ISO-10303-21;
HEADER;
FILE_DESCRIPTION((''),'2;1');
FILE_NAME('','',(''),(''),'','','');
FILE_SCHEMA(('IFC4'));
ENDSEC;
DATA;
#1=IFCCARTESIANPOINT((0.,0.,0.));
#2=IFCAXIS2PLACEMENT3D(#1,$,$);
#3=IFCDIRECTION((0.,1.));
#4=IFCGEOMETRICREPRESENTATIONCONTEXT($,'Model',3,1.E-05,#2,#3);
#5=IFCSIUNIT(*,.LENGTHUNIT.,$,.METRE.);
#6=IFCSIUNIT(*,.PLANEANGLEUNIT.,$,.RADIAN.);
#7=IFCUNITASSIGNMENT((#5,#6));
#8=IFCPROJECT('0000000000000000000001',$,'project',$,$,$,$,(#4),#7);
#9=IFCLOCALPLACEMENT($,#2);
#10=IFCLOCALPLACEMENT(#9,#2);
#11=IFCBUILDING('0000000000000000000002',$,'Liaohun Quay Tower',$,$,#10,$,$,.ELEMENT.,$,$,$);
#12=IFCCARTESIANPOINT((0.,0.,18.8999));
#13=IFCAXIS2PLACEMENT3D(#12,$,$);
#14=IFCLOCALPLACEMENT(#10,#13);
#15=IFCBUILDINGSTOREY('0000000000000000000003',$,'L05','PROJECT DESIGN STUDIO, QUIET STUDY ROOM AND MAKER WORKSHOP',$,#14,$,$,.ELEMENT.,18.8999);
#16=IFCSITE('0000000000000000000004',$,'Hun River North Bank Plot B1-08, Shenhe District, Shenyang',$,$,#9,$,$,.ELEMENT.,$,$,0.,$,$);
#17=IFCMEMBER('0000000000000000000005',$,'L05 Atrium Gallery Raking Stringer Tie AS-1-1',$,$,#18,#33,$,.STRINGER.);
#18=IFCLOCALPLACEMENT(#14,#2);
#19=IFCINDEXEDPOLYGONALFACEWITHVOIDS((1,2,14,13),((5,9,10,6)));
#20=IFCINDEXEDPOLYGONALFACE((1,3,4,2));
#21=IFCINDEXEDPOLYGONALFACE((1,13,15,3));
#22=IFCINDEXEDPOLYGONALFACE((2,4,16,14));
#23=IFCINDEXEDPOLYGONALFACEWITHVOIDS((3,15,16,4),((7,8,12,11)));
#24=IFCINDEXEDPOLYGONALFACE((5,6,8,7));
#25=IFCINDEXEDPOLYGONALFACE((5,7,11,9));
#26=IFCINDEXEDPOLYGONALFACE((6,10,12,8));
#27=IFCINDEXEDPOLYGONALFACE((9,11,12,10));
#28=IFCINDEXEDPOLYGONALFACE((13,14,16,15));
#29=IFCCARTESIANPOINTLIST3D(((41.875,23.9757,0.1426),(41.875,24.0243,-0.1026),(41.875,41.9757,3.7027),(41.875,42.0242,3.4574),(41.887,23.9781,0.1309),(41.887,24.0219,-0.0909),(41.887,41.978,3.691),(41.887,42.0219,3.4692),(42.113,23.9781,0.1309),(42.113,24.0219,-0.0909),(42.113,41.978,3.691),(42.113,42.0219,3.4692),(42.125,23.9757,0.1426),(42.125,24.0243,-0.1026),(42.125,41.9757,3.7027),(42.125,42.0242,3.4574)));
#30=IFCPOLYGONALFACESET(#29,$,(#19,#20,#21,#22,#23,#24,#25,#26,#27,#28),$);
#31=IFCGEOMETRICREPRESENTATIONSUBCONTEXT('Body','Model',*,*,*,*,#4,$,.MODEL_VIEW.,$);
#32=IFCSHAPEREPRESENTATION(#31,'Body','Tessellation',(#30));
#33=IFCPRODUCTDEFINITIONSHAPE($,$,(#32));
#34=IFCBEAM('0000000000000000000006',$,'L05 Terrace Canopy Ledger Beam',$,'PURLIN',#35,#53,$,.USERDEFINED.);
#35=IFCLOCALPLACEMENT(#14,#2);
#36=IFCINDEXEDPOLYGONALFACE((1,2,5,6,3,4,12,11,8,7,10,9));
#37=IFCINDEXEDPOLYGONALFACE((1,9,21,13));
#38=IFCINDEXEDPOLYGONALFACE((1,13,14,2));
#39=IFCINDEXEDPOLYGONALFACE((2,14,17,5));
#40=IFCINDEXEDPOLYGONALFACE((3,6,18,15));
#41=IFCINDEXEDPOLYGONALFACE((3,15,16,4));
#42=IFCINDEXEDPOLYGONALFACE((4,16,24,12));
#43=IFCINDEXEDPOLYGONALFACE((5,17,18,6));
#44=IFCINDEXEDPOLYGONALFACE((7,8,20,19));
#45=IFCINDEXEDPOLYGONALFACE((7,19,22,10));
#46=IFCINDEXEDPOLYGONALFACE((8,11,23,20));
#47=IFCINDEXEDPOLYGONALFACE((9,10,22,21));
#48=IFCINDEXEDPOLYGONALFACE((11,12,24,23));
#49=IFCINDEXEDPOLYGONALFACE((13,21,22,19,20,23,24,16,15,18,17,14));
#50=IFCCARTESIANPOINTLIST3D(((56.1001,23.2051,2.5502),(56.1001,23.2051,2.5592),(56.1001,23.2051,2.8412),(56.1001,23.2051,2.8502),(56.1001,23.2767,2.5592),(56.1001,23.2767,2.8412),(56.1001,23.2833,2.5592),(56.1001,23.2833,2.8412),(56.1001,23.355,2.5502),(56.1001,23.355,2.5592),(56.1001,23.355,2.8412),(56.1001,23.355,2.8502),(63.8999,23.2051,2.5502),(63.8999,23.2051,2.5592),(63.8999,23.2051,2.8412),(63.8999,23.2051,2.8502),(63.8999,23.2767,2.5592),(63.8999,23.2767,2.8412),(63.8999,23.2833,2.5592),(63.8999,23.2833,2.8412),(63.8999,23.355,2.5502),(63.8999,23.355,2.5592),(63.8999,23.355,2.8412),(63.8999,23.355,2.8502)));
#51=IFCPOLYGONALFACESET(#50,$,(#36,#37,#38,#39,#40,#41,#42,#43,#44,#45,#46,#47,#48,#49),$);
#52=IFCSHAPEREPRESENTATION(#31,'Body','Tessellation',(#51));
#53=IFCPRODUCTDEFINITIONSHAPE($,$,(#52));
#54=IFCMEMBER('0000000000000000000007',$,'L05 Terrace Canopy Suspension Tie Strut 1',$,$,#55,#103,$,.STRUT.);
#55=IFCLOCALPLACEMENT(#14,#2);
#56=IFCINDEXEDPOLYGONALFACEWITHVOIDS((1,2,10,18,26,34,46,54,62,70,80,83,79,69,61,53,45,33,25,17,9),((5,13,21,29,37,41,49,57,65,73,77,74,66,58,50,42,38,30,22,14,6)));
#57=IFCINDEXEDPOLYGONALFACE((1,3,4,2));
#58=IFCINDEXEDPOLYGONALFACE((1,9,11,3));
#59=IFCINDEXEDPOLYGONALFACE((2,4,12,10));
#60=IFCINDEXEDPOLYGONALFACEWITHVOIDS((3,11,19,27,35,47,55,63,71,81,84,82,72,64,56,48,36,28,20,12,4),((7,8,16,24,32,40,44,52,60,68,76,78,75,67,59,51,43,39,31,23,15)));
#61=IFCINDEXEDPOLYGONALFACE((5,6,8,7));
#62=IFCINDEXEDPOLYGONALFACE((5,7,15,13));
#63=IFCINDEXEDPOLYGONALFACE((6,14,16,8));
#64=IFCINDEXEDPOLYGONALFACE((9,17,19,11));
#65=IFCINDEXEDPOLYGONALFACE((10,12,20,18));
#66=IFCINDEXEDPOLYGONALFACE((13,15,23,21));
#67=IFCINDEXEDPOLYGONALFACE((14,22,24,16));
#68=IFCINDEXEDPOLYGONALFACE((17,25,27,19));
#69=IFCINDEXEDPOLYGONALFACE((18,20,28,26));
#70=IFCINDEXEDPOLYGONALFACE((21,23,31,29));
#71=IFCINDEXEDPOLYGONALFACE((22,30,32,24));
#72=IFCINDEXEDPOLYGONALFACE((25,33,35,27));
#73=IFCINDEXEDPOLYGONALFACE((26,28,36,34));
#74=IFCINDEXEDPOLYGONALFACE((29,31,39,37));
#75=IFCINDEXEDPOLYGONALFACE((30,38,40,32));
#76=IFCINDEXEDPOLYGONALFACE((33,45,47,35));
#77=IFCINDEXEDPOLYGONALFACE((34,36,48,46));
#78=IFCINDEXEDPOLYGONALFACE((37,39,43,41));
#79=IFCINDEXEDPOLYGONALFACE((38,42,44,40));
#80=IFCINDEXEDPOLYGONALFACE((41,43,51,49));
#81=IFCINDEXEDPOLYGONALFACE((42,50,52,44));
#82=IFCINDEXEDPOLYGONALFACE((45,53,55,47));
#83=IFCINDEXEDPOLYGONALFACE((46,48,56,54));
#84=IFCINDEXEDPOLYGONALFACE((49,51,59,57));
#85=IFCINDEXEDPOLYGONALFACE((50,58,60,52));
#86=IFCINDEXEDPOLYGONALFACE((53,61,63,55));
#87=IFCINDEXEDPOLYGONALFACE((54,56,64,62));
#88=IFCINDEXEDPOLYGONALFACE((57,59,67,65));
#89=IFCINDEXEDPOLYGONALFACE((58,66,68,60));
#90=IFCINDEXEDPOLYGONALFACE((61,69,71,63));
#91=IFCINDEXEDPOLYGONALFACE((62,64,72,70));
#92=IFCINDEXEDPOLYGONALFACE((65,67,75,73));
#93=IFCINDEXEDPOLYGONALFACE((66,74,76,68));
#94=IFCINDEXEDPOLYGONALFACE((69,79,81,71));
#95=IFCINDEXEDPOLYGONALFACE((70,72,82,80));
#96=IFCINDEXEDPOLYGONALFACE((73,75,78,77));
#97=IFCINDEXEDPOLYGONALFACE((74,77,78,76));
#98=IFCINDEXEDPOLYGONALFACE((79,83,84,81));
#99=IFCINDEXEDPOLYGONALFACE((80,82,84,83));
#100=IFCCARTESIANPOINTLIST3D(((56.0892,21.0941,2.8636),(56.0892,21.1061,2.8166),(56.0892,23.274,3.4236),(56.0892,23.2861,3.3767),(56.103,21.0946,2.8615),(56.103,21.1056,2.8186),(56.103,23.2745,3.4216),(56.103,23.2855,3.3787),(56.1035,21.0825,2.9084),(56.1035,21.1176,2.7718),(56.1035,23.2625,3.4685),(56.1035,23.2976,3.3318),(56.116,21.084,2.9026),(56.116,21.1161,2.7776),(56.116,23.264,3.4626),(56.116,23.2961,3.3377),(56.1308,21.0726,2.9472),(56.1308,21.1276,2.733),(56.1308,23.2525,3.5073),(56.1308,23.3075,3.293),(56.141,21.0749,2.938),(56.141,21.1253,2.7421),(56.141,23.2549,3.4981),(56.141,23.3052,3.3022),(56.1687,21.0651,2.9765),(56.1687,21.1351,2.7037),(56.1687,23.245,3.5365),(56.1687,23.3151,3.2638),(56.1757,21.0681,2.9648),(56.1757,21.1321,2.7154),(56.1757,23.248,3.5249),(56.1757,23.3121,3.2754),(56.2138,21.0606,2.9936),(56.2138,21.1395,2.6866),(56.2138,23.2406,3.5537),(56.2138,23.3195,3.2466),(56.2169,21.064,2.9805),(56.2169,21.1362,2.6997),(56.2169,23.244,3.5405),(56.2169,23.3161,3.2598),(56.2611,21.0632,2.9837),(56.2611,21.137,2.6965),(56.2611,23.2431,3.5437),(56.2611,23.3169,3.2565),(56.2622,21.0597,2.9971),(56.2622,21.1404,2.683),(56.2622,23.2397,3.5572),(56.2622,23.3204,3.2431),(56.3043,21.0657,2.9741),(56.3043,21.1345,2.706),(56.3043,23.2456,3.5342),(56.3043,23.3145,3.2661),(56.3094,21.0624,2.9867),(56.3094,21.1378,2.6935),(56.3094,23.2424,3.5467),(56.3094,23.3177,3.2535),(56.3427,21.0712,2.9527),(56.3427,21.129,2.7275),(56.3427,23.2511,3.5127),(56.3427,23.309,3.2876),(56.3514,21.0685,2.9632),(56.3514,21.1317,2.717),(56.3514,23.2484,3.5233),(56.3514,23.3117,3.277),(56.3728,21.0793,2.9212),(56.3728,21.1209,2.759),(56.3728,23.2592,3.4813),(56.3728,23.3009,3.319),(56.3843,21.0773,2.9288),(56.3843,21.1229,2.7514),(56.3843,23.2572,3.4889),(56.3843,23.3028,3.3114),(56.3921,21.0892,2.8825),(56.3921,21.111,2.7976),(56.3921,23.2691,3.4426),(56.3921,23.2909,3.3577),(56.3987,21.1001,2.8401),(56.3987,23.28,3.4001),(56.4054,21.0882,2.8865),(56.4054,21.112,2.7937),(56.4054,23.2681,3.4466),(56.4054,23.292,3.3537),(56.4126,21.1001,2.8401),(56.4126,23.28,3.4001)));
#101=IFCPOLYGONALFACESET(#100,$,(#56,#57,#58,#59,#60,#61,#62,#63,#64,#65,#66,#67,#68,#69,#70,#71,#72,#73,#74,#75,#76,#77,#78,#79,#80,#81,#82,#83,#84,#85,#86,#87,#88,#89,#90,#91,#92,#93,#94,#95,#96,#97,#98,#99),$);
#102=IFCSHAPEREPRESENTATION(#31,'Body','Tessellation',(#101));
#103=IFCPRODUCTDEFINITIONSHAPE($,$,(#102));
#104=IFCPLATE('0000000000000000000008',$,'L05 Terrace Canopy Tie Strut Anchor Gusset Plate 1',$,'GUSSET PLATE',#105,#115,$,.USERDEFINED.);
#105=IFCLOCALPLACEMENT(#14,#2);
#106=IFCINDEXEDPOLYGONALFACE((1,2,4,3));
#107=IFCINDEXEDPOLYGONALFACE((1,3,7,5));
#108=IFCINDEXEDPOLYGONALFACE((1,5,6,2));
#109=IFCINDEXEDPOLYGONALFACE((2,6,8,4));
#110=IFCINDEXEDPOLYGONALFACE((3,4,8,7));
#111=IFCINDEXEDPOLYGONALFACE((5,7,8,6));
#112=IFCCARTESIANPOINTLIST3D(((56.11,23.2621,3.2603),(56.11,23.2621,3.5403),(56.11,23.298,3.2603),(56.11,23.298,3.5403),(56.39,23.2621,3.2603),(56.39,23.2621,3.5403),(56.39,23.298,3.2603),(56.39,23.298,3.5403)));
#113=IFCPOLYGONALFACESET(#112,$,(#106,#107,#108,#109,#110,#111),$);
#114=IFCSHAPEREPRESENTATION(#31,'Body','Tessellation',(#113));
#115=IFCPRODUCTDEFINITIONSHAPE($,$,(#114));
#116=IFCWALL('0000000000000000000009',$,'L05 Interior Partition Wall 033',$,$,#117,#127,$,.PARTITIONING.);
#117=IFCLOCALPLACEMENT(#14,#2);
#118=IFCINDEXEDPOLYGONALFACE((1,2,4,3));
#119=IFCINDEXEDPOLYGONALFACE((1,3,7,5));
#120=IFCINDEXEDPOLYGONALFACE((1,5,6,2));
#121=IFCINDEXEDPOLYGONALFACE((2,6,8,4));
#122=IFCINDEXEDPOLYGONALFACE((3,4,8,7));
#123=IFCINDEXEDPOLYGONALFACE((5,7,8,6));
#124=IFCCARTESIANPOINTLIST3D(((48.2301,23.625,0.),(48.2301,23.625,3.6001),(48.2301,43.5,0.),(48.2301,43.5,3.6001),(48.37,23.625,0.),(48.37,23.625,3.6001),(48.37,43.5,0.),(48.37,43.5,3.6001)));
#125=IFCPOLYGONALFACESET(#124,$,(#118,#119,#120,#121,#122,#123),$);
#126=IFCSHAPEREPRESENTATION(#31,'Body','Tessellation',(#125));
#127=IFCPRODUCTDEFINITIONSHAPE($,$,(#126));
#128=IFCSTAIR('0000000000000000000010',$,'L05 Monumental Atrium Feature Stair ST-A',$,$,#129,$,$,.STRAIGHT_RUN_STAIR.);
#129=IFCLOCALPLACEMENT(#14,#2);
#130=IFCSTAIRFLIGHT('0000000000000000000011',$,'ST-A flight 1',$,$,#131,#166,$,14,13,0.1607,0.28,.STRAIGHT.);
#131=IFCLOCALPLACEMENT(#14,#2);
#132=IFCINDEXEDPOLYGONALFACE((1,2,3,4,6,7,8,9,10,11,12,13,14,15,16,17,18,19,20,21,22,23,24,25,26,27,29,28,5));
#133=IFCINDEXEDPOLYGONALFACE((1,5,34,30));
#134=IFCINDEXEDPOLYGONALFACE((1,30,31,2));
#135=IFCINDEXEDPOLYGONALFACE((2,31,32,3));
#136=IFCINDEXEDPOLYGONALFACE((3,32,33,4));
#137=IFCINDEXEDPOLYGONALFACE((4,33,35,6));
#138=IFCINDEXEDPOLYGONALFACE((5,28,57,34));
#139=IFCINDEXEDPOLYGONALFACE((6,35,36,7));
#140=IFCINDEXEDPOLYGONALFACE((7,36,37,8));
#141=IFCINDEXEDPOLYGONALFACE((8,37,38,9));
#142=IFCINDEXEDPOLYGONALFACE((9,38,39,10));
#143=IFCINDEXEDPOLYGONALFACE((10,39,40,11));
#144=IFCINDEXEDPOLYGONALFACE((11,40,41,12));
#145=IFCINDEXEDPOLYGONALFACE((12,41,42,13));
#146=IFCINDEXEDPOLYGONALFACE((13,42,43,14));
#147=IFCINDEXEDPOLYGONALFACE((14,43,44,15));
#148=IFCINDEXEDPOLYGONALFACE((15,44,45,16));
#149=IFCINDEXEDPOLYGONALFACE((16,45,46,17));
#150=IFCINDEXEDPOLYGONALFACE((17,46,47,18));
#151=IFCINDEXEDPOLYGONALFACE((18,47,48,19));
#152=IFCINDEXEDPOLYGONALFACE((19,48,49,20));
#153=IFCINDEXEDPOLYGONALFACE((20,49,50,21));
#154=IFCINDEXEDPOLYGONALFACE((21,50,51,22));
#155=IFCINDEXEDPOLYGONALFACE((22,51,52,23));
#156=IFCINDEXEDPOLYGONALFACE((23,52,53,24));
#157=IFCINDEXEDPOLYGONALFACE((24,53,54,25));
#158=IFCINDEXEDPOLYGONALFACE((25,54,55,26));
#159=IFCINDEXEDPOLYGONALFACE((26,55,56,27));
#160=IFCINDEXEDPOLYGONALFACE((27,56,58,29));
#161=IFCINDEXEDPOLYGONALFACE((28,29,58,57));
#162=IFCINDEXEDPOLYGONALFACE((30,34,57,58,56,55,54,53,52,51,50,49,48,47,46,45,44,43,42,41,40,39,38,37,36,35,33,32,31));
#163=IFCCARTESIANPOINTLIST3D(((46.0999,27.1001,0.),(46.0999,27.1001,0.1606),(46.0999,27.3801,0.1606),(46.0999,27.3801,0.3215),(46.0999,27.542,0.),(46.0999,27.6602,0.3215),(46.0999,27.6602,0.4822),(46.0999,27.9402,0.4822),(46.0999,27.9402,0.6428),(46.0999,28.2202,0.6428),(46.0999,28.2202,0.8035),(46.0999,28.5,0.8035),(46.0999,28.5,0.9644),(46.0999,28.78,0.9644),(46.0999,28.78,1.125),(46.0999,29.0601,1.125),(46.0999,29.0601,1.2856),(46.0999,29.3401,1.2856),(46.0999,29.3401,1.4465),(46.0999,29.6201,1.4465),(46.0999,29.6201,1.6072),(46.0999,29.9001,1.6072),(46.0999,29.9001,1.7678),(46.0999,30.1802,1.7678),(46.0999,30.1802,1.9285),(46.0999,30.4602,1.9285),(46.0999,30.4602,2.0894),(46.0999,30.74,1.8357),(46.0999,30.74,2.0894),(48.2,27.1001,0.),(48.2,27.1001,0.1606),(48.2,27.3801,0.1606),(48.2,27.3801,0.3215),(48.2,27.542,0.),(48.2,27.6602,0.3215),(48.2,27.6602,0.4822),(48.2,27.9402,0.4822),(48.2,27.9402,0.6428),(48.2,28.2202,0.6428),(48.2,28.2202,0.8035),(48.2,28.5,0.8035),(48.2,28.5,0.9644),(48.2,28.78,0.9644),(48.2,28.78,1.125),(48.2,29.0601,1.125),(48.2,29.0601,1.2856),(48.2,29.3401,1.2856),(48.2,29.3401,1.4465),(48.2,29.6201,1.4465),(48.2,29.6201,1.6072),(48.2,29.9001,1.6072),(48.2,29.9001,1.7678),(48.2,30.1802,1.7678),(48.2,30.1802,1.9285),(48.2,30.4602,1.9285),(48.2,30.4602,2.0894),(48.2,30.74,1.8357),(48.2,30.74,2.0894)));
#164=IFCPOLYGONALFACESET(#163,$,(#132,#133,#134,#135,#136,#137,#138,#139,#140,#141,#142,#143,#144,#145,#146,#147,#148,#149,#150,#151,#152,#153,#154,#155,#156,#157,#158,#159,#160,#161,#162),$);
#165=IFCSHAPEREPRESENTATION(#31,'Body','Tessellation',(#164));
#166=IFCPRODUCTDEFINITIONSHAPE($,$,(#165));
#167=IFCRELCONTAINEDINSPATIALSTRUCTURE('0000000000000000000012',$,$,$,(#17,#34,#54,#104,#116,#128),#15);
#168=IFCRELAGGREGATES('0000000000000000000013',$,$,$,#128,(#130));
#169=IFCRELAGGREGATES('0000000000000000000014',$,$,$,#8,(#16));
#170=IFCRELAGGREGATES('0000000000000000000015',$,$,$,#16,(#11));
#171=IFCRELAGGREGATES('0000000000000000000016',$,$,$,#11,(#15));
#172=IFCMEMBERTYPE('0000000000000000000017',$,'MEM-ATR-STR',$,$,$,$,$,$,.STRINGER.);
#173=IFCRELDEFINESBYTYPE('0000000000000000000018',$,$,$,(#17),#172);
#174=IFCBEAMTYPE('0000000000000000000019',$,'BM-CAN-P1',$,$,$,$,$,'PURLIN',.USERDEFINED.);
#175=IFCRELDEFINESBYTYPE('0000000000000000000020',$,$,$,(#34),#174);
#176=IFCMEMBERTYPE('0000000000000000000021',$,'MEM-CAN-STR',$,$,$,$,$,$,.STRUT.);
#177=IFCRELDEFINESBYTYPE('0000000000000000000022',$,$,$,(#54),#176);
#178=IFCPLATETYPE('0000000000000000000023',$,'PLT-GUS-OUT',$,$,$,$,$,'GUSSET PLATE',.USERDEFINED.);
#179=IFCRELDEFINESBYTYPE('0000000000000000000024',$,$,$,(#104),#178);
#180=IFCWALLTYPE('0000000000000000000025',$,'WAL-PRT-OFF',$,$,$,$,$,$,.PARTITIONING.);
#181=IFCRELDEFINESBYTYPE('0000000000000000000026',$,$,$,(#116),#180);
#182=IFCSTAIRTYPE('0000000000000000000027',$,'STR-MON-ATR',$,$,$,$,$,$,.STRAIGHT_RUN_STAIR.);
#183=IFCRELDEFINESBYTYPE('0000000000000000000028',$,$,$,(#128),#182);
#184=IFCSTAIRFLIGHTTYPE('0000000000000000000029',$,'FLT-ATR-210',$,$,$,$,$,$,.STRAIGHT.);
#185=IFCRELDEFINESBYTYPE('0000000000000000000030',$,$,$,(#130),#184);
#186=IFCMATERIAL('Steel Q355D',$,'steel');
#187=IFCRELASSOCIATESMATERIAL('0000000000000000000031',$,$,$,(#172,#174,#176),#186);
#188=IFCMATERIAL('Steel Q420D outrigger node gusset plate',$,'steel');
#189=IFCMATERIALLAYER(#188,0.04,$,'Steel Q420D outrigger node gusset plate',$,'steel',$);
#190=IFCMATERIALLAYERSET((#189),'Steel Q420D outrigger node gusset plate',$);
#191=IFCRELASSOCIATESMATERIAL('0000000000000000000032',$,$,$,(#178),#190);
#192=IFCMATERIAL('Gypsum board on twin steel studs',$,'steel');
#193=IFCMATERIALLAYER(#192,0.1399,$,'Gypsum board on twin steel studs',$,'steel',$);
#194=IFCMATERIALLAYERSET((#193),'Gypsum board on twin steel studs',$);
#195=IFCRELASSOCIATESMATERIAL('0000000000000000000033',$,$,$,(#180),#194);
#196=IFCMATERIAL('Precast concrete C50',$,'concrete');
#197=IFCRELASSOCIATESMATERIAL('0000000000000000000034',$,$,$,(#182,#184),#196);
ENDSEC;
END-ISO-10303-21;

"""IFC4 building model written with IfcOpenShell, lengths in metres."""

from ifc_helpers import new_model, si_unit, direction, frame, frame_2d, origin, origin_2d, place, context, subcontext, project, spatial, polyline, rectangle, hollow_rectangle, hollow_circle, i_section, outline, extrude, source, transform, mapped, material, layer, layer_set, material_profile, profile_set, type_object, element, aggregate, save


model = new_model("IFC4")

# Units and contexts
model_context = context("Model", 3, precision=1e-05, world=origin(), true_north=direction((0.0, 1.0)))
body_context = subcontext(model_context, "Body", "Model", "MODEL_VIEW")
ifc_project = project(units=[si_unit("LENGTHUNIT", "METRE"), si_unit("PLANEANGLEUNIT", "RADIAN")], contexts=[model_context])

# Site, building, storey
site_placement = place(None, origin())
site = spatial("IfcSite", under=ifc_project, at=site_placement, Name="Hun River North Bank Plot B1-08, Shenhe District, Shenyang", CompositionType="ELEMENT", RefElevation=0.0)
building_placement = place(site_placement, origin())
building = spatial("IfcBuilding", under=site, at=building_placement, Name="Liaohun Quay Tower", CompositionType="ELEMENT")
storey_placement = place(building_placement, frame((0.0, 0.0, 18.8999)))
storey = spatial("IfcBuildingStorey", under=building, at=storey_placement, Name="L05", Description="PROJECT DESIGN STUDIO, QUIET STUDY ROOM AND MAKER WORKSHOP", CompositionType="ELEMENT", Elevation=18.8999)

# Shared definitions
ifc_material_1 = material(Name="Steel Q355D", Category="steel")

# Member
ifc_material_profile_1 = material_profile(ifc_material_1, hollow_rectangle(XDim=0.25, YDim=0.25, WallThickness=0.012, at=origin_2d()), Name="SHS250x250x12")
ifc_profile_set_1 = profile_set([ifc_material_profile_1], Name="Steel Q355D")
member_type_1 = type_object("IfcMemberType", Name="MEM-ATR-STR", PredefinedType="STRINGER", material=ifc_profile_set_1)
shared_shape_1 = source(origin(), body_context, "Body", "SweptSolid", [
    extrude(hollow_rectangle(XDim=0.25, YDim=0.25, WallThickness=0.012, at=origin_2d()), origin(), (0.0, 0.0, 1.0), 18.3486),
])
member_1_placement = place(storey_placement, frame((42.0, 24.0, 0.02), z_axis=(0.0, 0.980997, 0.194023), x_axis=(-1.0, 0.0, 0.0)))
element("IfcMember", 1, at=member_1_placement, inside=storey, type_object=member_type_1, Name="L05 Atrium Gallery Raking Stringer Tie AS-1-1", PredefinedType="STRINGER", context=body_context, shape_type="MappedRepresentation", body=[
    mapped(shared_shape_1, transform((0.0, 0.0, 0.0), x_axis=(1.0, 0.0, 0.0), y_axis=(0.0, 1.0, 0.0), z_axis=(0.0, 0.0, 1.0), scale=1.0)),
])

# Beam
ifc_material_profile_2 = material_profile(ifc_material_1, i_section(OverallWidth=0.1499, OverallDepth=0.3, WebThickness=0.0066, FlangeThickness=0.009, at=origin_2d()), Name="HN300x150x6.5x9")
ifc_profile_set_2 = profile_set([ifc_material_profile_2], Name="Steel Q355D")
beam_type_1 = type_object("IfcBeamType", Name="BM-CAN-P1", ElementType="PURLIN", PredefinedType="USERDEFINED", material=ifc_profile_set_2)
shared_shape_2 = source(origin(), body_context, "Body", "SweptSolid", [
    extrude(i_section(OverallWidth=0.1499, OverallDepth=0.3, WebThickness=0.0066, FlangeThickness=0.009, at=origin_2d()), origin(), (0.0, 0.0, 1.0), 7.7998),
])
beam_1_placement = place(storey_placement, frame((56.1001, 23.28, 2.7002), z_axis=(1.0, 0.0, 0.0), x_axis=(0.0, 1.0, 0.0)))
element("IfcBeam", 2, at=beam_1_placement, inside=storey, type_object=beam_type_1, Name="L05 Terrace Canopy Ledger Beam", ObjectType="PURLIN", PredefinedType="USERDEFINED", context=body_context, shape_type="MappedRepresentation", body=[
    mapped(shared_shape_2, transform((0.0, 0.0, 0.0), x_axis=(1.0, 0.0, 0.0), y_axis=(0.0, 1.0, 0.0), z_axis=(0.0, 0.0, 1.0), scale=1.0)),
])

# Member
ifc_material_profile_3 = material_profile(ifc_material_1, hollow_circle(Radius=0.1626, WallThickness=0.0139, at=origin_2d()), Name="CHS325x14")
ifc_profile_set_3 = profile_set([ifc_material_profile_3], Name="Steel Q355D")
member_type_2 = type_object("IfcMemberType", Name="MEM-CAN-STR", PredefinedType="STRUT", material=ifc_profile_set_3)
shared_shape_3 = source(origin(), body_context, "Body", "SweptSolid", [
    extrude(hollow_circle(Radius=0.1626, WallThickness=0.0139, at=origin_2d()), origin(), (0.0, 0.0, 1.0), 2.2507),
])
member_2_placement = place(storey_placement, frame((56.25, 23.28, 3.4001), z_axis=(0.0, -0.968546, -0.248835), x_axis=(1.0, 0.0, 0.0)))
element("IfcMember", 3, at=member_2_placement, inside=storey, type_object=member_type_2, Name="L05 Terrace Canopy Suspension Tie Strut 1", PredefinedType="STRUT", context=body_context, shape_type="MappedRepresentation", body=[
    mapped(shared_shape_3, transform((0.0, 0.0, 0.0), x_axis=(1.0, 0.0, 0.0), y_axis=(0.0, 1.0, 0.0), z_axis=(0.0, 0.0, 1.0), scale=1.0)),
])

# Plate
ifc_material_2 = material(Name="Steel Q420D outrigger node gusset plate", Category="steel")
ifc_layer_1 = layer(ifc_material_2, 0.04, Name="Steel Q420D outrigger node gusset plate", Category="steel")
ifc_layer_set_1 = layer_set([ifc_layer_1], Name="Steel Q420D outrigger node gusset plate")
plate_type = type_object("IfcPlateType", Name="PLT-GUS-OUT", ElementType="GUSSET PLATE", PredefinedType="USERDEFINED", material=ifc_layer_set_1)
shared_shape_4 = source(origin(), body_context, "Body", "SweptSolid", [
    extrude(rectangle(XDim=0.28, YDim=0.0359, at=origin_2d()), origin(), (0.0, 0.0, 1.0), 0.28),
])
plate_placement = place(storey_placement, frame((56.25, 23.28, 3.2603), z_axis=(0.0, 0.0, 1.0), x_axis=(1.0, 0.0, 0.0)))
element("IfcPlate", 4, at=plate_placement, inside=storey, type_object=plate_type, Name="L05 Terrace Canopy Tie Strut Anchor Gusset Plate 1", ObjectType="GUSSET PLATE", PredefinedType="USERDEFINED", context=body_context, shape_type="MappedRepresentation", body=[
    mapped(shared_shape_4, transform((0.0, 0.0, 0.0), x_axis=(1.0, 0.0, 0.0), y_axis=(0.0, 1.0, 0.0), z_axis=(0.0, 0.0, 1.0), scale=1.0)),
])

# Wall
ifc_material_3 = material(Name="Gypsum board on twin steel studs", Category="steel")
ifc_layer_2 = layer(ifc_material_3, 0.1399, Name="Gypsum board on twin steel studs", Category="steel")
ifc_layer_set_2 = layer_set([ifc_layer_2], Name="Gypsum board on twin steel studs")
wall_type = type_object("IfcWallType", Name="WAL-PRT-OFF", PredefinedType="PARTITIONING", material=ifc_layer_set_2)
wall_placement = place(storey_placement, frame((48.3, 23.625, 0.0), z_axis=(0.0, 0.0, 1.0), x_axis=(0.0, 1.0, 0.0)))
element("IfcWall", 5, at=wall_placement, inside=storey, type_object=wall_type, Name="L05 Interior Partition Wall 033", PredefinedType="PARTITIONING", context=body_context, shape_type="SweptSolid", body=[
    extrude(rectangle(XDim=19.875, YDim=0.1399, at=frame_2d((9.9375, 0.0))), origin(), (0.0, 0.0, 1.0), 3.6001),
])

# Stair, stair flight
ifc_material_4 = material(Name="Precast concrete C50", Category="concrete")
stair_type = type_object("IfcStairType", Name="STR-MON-ATR", PredefinedType="STRAIGHT_RUN_STAIR", material=ifc_material_4)
stair_placement = place(storey_placement, origin())
stair = element("IfcStair", 6, at=stair_placement, inside=storey, type_object=stair_type, Name="L05 Monumental Atrium Feature Stair ST-A", PredefinedType="STRAIGHT_RUN_STAIR")
stair_flight_type = type_object("IfcStairFlightType", Name="FLT-ATR-210", PredefinedType="STRAIGHT", material=ifc_material_4)
stair_flight_placement = place(storey_placement, frame((47.1499, 27.1001, 0.0), z_axis=(0.0, 0.0, 1.0), x_axis=(0.0, 1.0, 0.0)))
stair_flight = element("IfcStairFlight", 7, at=stair_flight_placement, type_object=stair_flight_type, Name="ST-A flight 1", NumberOfRisers=14, NumberOfTreads=13, PredefinedType="STRAIGHT", RiserHeight=0.1607, TreadLength=0.28, context=body_context, shape_type="SweptSolid", body=[
    extrude(outline(polyline([(0.0, 0.0), (0.0, 0.1606), (0.28, 0.1606), (0.28, 0.3215), (0.5601, 0.3215), (0.5601, 0.4822), (0.8401, 0.4822), (0.8401, 0.6428), (1.1201, 0.6428), (1.1201, 0.8035), (1.3999, 0.8035), (1.3999, 0.9644), (1.6799, 0.9644), (1.6799, 1.125), (1.96, 1.125), (1.96, 1.2856), (2.24, 1.2856), (2.24, 1.4465), (2.52, 1.4465), (2.52, 1.6072), (2.8, 1.6072), (2.8, 1.7678), (3.0801, 1.7678), (3.0801, 1.9285), (3.3601, 1.9285), (3.3601, 2.0894), (3.6399, 2.0894), (3.6399, 2.25), (3.6399, 1.8357), (0.4419, 0.0), (0.0, 0.0)])), frame((0.0, 1.05, 0.0), z_axis=(0.0, -1.0, 0.0), x_axis=(1.0, 0.0, 0.0)), (0.0, 0.0, 1.0), 2.1001),
])
aggregate(stair, [stair_flight])

save(model, "model.ifc")
